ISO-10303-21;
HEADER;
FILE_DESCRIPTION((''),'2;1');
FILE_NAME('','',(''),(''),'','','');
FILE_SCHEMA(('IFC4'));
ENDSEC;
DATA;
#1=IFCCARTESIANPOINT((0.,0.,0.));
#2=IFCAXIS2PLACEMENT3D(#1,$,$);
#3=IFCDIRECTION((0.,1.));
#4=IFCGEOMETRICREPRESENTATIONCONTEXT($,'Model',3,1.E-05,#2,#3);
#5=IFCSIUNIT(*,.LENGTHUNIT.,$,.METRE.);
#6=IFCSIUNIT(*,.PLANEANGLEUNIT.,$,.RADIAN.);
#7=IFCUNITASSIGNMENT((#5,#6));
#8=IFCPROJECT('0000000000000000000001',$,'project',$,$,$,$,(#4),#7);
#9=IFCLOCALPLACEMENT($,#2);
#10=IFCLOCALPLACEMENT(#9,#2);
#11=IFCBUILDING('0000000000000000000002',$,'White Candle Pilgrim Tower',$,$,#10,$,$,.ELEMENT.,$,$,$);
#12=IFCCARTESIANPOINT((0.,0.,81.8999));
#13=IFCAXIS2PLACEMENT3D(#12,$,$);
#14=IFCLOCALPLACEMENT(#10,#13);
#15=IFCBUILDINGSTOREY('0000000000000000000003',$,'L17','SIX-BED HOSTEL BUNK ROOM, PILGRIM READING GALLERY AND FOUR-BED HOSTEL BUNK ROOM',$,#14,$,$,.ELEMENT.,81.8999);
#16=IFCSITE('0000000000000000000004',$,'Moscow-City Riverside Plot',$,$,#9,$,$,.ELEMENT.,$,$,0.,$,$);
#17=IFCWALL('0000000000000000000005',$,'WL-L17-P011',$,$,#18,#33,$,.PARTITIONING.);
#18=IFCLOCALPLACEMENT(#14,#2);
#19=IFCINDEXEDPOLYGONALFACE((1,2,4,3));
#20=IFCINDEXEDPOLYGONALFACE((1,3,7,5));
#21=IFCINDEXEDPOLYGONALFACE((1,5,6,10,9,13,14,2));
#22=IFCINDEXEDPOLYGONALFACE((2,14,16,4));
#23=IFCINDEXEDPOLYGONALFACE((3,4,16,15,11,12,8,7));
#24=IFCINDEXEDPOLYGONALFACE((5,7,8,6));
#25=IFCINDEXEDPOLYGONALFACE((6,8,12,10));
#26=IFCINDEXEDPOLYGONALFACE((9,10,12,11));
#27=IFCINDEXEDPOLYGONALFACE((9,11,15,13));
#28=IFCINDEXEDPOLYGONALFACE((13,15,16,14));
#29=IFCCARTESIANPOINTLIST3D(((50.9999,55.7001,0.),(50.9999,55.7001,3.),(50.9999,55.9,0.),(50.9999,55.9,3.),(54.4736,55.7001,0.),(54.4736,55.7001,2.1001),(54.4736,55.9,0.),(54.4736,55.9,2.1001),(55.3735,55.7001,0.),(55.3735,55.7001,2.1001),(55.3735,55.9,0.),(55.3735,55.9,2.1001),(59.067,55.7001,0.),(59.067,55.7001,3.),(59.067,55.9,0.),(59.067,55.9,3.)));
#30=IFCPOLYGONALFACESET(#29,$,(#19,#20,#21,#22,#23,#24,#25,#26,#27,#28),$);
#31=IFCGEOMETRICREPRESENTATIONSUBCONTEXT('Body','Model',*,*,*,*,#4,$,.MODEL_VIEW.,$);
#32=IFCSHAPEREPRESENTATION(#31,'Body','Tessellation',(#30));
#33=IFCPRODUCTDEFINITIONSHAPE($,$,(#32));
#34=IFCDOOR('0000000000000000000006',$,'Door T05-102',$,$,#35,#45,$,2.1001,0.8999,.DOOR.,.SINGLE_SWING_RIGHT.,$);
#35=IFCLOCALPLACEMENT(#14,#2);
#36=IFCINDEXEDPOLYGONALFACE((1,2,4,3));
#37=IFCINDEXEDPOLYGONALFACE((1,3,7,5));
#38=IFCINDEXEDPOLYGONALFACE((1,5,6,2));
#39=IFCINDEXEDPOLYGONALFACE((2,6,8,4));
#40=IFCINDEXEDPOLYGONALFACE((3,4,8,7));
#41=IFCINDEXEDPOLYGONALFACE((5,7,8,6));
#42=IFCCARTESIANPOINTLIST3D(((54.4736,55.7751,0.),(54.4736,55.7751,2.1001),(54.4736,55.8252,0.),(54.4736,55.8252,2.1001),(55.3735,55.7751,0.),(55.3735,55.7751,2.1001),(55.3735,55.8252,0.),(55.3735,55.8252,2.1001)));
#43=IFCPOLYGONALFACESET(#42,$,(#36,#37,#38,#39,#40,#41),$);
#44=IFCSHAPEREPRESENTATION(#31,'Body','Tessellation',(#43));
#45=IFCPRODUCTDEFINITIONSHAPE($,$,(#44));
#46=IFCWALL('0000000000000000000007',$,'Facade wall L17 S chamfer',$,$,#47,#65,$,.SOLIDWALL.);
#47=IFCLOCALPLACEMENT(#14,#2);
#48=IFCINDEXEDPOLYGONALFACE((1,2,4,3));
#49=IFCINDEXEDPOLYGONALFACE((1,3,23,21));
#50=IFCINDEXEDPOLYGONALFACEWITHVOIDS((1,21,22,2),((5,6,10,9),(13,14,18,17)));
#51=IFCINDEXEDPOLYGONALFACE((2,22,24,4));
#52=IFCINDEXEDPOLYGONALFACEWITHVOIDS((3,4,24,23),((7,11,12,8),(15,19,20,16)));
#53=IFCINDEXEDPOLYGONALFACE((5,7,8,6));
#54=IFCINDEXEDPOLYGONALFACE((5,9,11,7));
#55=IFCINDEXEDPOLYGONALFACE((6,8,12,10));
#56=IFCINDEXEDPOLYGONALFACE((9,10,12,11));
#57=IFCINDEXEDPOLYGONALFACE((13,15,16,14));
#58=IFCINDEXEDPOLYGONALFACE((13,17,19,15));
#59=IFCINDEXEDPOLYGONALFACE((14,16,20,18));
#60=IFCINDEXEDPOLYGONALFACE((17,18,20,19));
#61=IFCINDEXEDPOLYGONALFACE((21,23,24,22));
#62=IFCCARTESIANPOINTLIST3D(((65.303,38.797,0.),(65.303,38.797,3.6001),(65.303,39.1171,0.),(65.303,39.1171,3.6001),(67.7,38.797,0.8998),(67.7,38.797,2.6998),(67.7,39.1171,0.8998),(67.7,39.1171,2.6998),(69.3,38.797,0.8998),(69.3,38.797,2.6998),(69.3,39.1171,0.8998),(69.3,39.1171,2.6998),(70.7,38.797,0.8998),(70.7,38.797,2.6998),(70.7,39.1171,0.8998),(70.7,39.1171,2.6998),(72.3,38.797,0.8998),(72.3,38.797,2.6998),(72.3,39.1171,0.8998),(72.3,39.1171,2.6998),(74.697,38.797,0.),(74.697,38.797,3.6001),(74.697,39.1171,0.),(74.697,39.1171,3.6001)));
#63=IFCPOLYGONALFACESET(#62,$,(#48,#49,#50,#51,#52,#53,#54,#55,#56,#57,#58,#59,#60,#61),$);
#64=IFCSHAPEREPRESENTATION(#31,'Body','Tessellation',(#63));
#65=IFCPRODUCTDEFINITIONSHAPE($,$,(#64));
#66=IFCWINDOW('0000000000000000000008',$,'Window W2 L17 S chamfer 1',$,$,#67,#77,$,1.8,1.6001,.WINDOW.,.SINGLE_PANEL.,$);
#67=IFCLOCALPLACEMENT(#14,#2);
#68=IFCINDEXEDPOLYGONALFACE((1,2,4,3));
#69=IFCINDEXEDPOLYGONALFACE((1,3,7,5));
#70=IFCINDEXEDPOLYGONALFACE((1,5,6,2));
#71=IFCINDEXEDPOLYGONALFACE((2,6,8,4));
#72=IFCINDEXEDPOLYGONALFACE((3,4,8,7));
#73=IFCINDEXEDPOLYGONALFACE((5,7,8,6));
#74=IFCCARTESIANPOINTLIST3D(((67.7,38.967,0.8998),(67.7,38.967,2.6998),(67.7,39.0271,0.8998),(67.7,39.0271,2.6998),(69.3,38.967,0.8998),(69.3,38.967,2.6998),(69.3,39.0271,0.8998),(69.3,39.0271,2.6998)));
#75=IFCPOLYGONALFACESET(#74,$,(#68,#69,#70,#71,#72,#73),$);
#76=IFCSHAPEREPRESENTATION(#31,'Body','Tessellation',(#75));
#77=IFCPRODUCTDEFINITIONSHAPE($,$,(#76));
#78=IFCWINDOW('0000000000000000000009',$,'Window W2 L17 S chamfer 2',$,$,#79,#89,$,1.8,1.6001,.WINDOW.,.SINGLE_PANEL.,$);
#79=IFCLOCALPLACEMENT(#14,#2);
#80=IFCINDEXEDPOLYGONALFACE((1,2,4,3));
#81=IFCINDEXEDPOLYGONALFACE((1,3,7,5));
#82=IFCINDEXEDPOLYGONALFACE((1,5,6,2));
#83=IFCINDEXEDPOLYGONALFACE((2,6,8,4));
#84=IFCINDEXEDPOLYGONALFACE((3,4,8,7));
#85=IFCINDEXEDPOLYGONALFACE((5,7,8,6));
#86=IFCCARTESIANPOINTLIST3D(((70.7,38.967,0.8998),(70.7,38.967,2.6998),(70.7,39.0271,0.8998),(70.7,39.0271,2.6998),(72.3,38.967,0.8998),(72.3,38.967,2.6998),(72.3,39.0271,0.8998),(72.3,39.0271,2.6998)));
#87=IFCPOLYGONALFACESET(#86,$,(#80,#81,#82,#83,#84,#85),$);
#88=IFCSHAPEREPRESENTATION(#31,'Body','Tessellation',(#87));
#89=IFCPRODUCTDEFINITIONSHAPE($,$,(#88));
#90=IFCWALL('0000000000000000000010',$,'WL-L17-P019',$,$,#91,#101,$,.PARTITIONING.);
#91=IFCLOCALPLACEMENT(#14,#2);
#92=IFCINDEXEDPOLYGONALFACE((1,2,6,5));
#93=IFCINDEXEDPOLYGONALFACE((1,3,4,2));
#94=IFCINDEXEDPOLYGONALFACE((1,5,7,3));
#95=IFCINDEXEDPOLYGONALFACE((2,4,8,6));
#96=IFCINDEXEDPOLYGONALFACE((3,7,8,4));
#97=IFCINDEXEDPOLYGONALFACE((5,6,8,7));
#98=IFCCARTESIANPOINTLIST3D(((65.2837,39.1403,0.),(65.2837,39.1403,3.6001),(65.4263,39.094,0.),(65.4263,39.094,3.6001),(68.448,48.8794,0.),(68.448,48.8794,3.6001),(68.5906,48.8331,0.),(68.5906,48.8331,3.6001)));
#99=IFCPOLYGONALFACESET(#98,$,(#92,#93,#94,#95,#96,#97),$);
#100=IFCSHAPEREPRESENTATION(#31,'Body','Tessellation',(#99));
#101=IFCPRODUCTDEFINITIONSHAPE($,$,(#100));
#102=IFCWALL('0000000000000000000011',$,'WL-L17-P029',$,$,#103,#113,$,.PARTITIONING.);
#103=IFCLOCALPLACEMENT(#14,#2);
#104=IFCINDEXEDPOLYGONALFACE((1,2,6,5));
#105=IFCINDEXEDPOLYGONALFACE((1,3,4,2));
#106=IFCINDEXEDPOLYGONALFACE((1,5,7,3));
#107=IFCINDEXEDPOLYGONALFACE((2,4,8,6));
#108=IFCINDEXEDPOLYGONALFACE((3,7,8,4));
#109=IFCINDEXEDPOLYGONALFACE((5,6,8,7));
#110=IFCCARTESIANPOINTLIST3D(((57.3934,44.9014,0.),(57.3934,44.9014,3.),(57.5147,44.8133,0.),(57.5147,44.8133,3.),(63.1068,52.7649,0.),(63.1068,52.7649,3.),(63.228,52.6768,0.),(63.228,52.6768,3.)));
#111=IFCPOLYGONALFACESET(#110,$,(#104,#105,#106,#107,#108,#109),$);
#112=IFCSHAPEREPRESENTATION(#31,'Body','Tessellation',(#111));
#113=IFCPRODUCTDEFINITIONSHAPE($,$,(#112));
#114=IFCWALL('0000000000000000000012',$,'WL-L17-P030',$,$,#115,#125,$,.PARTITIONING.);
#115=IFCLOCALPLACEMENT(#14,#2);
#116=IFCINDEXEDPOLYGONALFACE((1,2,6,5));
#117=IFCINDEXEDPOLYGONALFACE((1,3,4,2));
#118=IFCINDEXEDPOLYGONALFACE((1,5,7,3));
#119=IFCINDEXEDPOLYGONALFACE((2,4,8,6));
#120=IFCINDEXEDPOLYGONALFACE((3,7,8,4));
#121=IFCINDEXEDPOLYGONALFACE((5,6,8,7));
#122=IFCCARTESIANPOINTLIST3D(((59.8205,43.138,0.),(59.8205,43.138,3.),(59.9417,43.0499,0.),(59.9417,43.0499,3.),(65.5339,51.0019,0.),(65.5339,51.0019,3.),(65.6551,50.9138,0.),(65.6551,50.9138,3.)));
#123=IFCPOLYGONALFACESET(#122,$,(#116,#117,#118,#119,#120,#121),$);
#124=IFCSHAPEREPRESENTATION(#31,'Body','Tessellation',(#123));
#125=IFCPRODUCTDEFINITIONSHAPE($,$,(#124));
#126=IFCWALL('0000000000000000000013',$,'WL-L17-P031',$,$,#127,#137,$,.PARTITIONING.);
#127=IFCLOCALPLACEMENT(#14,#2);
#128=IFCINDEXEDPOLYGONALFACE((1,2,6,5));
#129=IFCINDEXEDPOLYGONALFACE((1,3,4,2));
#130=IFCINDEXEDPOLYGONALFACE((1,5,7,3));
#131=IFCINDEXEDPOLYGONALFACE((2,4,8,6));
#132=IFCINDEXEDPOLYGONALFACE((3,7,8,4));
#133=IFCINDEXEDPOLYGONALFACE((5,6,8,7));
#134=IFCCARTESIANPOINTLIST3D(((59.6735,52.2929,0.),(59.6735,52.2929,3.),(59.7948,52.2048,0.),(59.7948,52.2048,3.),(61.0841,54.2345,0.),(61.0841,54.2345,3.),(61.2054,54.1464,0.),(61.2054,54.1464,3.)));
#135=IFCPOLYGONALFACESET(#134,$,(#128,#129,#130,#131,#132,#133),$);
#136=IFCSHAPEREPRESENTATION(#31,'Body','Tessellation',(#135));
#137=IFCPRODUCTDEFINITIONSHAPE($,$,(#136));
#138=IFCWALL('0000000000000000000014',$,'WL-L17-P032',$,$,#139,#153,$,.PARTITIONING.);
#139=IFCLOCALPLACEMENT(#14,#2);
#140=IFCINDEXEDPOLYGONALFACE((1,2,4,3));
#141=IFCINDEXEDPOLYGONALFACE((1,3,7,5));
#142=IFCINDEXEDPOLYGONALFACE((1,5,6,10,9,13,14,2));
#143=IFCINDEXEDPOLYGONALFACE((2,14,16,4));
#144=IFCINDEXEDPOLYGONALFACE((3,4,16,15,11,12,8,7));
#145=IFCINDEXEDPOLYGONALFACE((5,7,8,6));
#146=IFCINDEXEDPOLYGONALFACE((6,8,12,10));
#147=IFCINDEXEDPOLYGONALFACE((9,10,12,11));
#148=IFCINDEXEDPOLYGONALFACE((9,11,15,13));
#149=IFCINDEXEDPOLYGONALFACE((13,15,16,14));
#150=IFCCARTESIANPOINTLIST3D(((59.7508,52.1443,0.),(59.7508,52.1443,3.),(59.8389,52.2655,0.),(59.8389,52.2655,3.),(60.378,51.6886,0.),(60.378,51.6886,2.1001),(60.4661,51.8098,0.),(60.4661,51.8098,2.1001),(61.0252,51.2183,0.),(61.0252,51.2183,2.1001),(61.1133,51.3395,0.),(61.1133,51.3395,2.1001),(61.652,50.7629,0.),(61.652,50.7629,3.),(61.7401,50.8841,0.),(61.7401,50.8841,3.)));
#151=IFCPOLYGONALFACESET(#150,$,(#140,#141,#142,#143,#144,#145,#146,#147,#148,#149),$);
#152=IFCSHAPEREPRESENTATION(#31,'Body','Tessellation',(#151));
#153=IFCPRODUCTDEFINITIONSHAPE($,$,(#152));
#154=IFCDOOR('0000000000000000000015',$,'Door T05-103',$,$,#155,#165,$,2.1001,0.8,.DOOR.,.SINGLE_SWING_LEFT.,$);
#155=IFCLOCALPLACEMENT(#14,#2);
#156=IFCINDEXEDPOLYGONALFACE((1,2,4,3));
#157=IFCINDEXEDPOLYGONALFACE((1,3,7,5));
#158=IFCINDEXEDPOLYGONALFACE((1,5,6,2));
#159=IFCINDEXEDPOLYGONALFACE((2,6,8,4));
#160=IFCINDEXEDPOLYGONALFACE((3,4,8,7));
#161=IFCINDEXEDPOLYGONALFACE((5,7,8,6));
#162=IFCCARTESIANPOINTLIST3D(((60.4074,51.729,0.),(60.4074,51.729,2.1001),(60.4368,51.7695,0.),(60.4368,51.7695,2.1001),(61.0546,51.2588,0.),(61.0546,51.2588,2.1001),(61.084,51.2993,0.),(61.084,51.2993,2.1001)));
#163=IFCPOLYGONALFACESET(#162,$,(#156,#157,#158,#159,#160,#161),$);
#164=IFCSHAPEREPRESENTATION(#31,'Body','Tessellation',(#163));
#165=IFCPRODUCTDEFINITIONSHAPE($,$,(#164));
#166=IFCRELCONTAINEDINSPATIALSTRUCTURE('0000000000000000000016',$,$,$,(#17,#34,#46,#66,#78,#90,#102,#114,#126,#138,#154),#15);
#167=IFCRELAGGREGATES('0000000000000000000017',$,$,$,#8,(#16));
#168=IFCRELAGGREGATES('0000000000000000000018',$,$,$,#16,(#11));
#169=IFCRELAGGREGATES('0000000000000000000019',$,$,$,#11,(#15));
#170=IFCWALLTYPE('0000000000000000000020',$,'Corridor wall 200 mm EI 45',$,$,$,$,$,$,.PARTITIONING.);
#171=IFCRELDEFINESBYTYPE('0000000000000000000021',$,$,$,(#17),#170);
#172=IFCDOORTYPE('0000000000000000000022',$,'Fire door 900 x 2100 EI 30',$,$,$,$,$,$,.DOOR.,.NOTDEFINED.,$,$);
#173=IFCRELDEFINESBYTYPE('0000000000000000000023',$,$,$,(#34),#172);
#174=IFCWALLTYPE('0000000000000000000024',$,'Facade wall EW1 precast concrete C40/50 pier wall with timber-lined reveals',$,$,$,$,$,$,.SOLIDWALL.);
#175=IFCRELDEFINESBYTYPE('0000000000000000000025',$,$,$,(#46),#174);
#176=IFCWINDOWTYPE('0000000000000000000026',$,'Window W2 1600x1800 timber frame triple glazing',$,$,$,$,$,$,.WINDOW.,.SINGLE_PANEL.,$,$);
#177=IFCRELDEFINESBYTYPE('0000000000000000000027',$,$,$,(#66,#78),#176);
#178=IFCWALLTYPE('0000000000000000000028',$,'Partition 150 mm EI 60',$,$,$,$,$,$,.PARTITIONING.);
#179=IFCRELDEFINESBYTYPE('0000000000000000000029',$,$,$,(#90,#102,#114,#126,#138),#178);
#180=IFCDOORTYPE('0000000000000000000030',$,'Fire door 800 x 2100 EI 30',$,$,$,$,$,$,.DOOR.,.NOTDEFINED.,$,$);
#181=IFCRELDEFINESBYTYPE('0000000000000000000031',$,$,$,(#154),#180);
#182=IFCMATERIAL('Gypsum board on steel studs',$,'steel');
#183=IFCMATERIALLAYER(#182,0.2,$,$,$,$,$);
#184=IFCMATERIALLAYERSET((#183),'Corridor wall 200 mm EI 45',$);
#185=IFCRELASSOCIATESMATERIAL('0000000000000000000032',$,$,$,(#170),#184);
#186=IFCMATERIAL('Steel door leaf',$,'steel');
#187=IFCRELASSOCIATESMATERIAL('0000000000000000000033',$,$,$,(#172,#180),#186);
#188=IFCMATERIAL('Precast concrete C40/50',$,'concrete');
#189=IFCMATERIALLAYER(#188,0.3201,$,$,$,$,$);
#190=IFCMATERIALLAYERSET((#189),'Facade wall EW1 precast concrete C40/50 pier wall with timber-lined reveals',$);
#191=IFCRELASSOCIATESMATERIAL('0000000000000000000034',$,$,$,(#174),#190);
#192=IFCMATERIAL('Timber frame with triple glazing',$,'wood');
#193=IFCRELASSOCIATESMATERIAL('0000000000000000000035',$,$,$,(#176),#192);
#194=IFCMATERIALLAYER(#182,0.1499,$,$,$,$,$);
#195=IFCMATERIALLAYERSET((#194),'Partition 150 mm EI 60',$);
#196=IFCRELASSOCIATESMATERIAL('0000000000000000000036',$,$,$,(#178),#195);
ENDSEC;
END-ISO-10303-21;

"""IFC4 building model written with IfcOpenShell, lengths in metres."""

from ifc_helpers import new_model, si_unit, direction, frame, frame_2d, origin, place, context, subcontext, project, spatial, rectangle, extrude, material, layer, layer_set, type_object, element, fill, save


model = new_model("IFC4")

# Units and contexts
model_context = context("Model", 3, precision=1e-05, world=origin(), true_north=direction((0.0, 1.0)))
body_context = subcontext(model_context, "Body", "Model", "MODEL_VIEW")
ifc_project = project(units=[si_unit("LENGTHUNIT", "METRE"), si_unit("PLANEANGLEUNIT", "RADIAN")], contexts=[model_context])

# Site, building, storey
site_placement = place(None, origin())
site = spatial("IfcSite", under=ifc_project, at=site_placement, Name="Moscow-City Riverside Plot", CompositionType="ELEMENT", RefElevation=0.0)
building_placement = place(site_placement, origin())
building = spatial("IfcBuilding", under=site, at=building_placement, Name="White Candle Pilgrim Tower", CompositionType="ELEMENT")
storey_placement = place(building_placement, frame((0.0, 0.0, 81.8999)))
storey = spatial("IfcBuildingStorey", under=building, at=storey_placement, Name="L17", Description="SIX-BED HOSTEL BUNK ROOM, PILGRIM READING GALLERY AND FOUR-BED HOSTEL BUNK ROOM", CompositionType="ELEMENT", Elevation=81.8999)

# Wall, opening, door
ifc_material_1 = material(Name="Gypsum board on steel studs", Category="steel")
ifc_layer_1 = layer(ifc_material_1, 0.2)
ifc_layer_set_1 = layer_set([ifc_layer_1], Name="Corridor wall 200 mm EI 45")
wall_type_1 = type_object("IfcWallType", Name="Corridor wall 200 mm EI 45", PredefinedType="PARTITIONING", material=ifc_layer_set_1)
wall_1_placement = place(storey_placement, frame((59.0671, 55.8, 0.0), z_axis=(0.0, 0.0, 1.0), x_axis=(-1.0, 0.0, 0.0)))
wall_1 = element("IfcWall", 1, at=wall_1_placement, inside=storey, type_object=wall_type_1, Name="WL-L17-P011", PredefinedType="PARTITIONING", context=body_context, shape_type="SweptSolid", body=[
    extrude(rectangle(XDim=8.0671, YDim=0.2, at=frame_2d((4.0337, 0.0))), origin(), (0.0, 0.0, 1.0), 3.0),
])
opening_1_placement = place(wall_1_placement, frame((3.6936, 0.0, 0.0)))
opening_1 = element("IfcOpeningElement", 2, at=opening_1_placement, cuts=wall_1, PredefinedType="OPENING", context=body_context, shape_type="SweptSolid", body=[
    extrude(rectangle(XDim=0.8999, YDim=2.1001, at=frame_2d((0.45, 1.05))), frame((0.0, 0.1099, 0.0), z_axis=(0.0, -1.0, 0.0), x_axis=(1.0, 0.0, 0.0)), (0.0, 0.0, 1.0), 0.22),
])
ifc_material_2 = material(Name="Steel door leaf", Category="steel")
door_type_1 = type_object("IfcDoorType", Name="Fire door 900 x 2100 EI 30", OperationType="NOTDEFINED", PredefinedType="DOOR", material=ifc_material_2)
door_1_placement = place(opening_1_placement, origin())
door_1 = element("IfcDoor", 3, at=door_1_placement, inside=storey, type_object=door_type_1, Name="Door T05-102", OperationType="SINGLE_SWING_RIGHT", OverallHeight=2.1001, OverallWidth=0.8999, PredefinedType="DOOR", context=body_context, shape_type="SweptSolid", body=[
    extrude(rectangle(XDim=0.8999, YDim=2.1001, at=frame_2d((0.45, 1.05))), frame((0.0, 0.0249, 0.0), z_axis=(0.0, -1.0, 0.0), x_axis=(1.0, 0.0, 0.0)), (0.0, 0.0, 1.0), 0.05),
])
fill(opening_1, door_1)

# Wall, openings, windows
ifc_material_3 = material(Name="Precast concrete C40/50", Category="concrete")
ifc_layer_2 = layer(ifc_material_3, 0.3201)
ifc_layer_set_2 = layer_set([ifc_layer_2], Name="Facade wall EW1 precast concrete C40/50 pier wall with timber-lined reveals")
wall_type_2 = type_object("IfcWallType", Name="Facade wall EW1 precast concrete C40/50 pier wall with timber-lined reveals", PredefinedType="SOLIDWALL", material=ifc_layer_set_2)
wall_2_placement = place(storey_placement, frame((65.303, 38.957, 0.0), z_axis=(0.0, 0.0, 1.0), x_axis=(1.0, 0.0, 0.0)))
wall_2 = element("IfcWall", 4, at=wall_2_placement, inside=storey, type_object=wall_type_2, Name="Facade wall L17 S chamfer", PredefinedType="SOLIDWALL", context=body_context, shape_type="SweptSolid", body=[
    extrude(rectangle(XDim=9.394, YDim=0.3201, at=frame_2d((4.697, 0.0))), origin(), (0.0, 0.0, 1.0), 3.6001),
])
opening_2_placement = place(wall_2_placement, frame((2.397, 0.0, 0.8999)))
opening_2 = element("IfcOpeningElement", 5, at=opening_2_placement, cuts=wall_2, PredefinedType="OPENING", context=body_context, shape_type="SweptSolid", body=[
    extrude(rectangle(XDim=1.6001, YDim=1.8, at=frame_2d((0.8, 0.8999))), frame((0.0, 0.1699, 0.0), z_axis=(0.0, -1.0, 0.0), x_axis=(1.0, 0.0, 0.0)), (0.0, 0.0, 1.0), 0.3401),
])
opening_3_placement = place(wall_2_placement, frame((5.397, 0.0, 0.8999)))
opening_3 = element("IfcOpeningElement", 6, at=opening_3_placement, cuts=wall_2, PredefinedType="OPENING", context=body_context, shape_type="SweptSolid", body=[
    extrude(rectangle(XDim=1.6001, YDim=1.8, at=frame_2d((0.8, 0.8999))), frame((0.0, 0.1699, 0.0), z_axis=(0.0, -1.0, 0.0), x_axis=(1.0, 0.0, 0.0)), (0.0, 0.0, 1.0), 0.3401),
])
ifc_material_4 = material(Name="Timber frame with triple glazing", Category="wood")
window_type = type_object("IfcWindowType", Name="Window W2 1600x1800 timber frame triple glazing", PartitioningType="SINGLE_PANEL", PredefinedType="WINDOW", material=ifc_material_4)
window_1_placement = place(opening_2_placement, origin())
window_1 = element("IfcWindow", 7, at=window_1_placement, inside=storey, type_object=window_type, Name="Window W2 L17 S chamfer 1", OverallHeight=1.8, OverallWidth=1.6001, PartitioningType="SINGLE_PANEL", PredefinedType="WINDOW", context=body_context, shape_type="SweptSolid", body=[
    extrude(rectangle(XDim=1.6001, YDim=1.8, at=frame_2d((0.8, 0.8999))), frame((0.0, 0.0701, 0.0), z_axis=(0.0, -1.0, 0.0), x_axis=(1.0, 0.0, 0.0)), (0.0, 0.0, 1.0), 0.0601),
])
fill(opening_2, window_1)
window_2_placement = place(opening_3_placement, origin())
window_2 = element("IfcWindow", 8, at=window_2_placement, inside=storey, type_object=window_type, Name="Window W2 L17 S chamfer 2", OverallHeight=1.8, OverallWidth=1.6001, PartitioningType="SINGLE_PANEL", PredefinedType="WINDOW", context=body_context, shape_type="SweptSolid", body=[
    extrude(rectangle(XDim=1.6001, YDim=1.8, at=frame_2d((0.8, 0.8999))), frame((0.0, 0.0701, 0.0), z_axis=(0.0, -1.0, 0.0), x_axis=(1.0, 0.0, 0.0)), (0.0, 0.0, 1.0), 0.0601),
])
fill(opening_3, window_2)

# Walls
ifc_layer_3 = layer(ifc_material_1, 0.1499)
ifc_layer_set_3 = layer_set([ifc_layer_3], Name="Partition 150 mm EI 60")
wall_type_3 = type_object("IfcWallType", Name="Partition 150 mm EI 60", PredefinedType="PARTITIONING", material=ifc_layer_set_3)
wall_3_placement = place(storey_placement, frame((65.355, 39.1172, 0.0), z_axis=(0.0, 0.0, 1.0), x_axis=(0.309009, 0.951059, 0.0)))
element("IfcWall", 9, at=wall_3_placement, inside=storey, type_object=wall_type_3, Name="WL-L17-P019", PredefinedType="PARTITIONING", context=body_context, shape_type="SweptSolid", body=[
    extrude(rectangle(XDim=10.2402, YDim=0.1499, at=frame_2d((5.1201, 0.0))), origin(), (0.0, 0.0, 1.0), 3.6001),
])
wall_4_placement = place(storey_placement, frame((57.4541, 44.8574, 0.0), z_axis=(0.0, 0.0, 1.0), x_axis=(0.587798, 0.809008, 0.0)))
element("IfcWall", 10, at=wall_4_placement, inside=storey, type_object=wall_type_3, Name="WL-L17-P029", PredefinedType="PARTITIONING", context=body_context, shape_type="SweptSolid", body=[
    extrude(rectangle(XDim=9.72, YDim=0.1499, at=frame_2d((4.8599, 0.0))), origin(), (0.0, 0.0, 1.0), 3.0),
])
wall_5_placement = place(storey_placement, frame((59.8811, 43.094, 0.0), z_axis=(0.0, 0.0, 1.0), x_axis=(0.587786, 0.809016, 0.0)))
element("IfcWall", 11, at=wall_5_placement, inside=storey, type_object=wall_type_3, Name="WL-L17-P030", PredefinedType="PARTITIONING", context=body_context, shape_type="SweptSolid", body=[
    extrude(rectangle(XDim=9.7202, YDim=0.1499, at=frame_2d((4.8601, 0.0))), origin(), (0.0, 0.0, 1.0), 3.0),
])
wall_6_placement = place(storey_placement, frame((61.1448, 54.1904, 0.0), z_axis=(0.0, 0.0, 1.0), x_axis=(-0.587772, -0.809026, 0.0)))
element("IfcWall", 12, at=wall_6_placement, inside=storey, type_object=wall_type_3, Name="WL-L17-P031", PredefinedType="PARTITIONING", context=body_context, shape_type="SweptSolid", body=[
    extrude(rectangle(XDim=2.3999, YDim=0.1499, at=frame_2d((1.2, 0.0))), origin(), (0.0, 0.0, 1.0), 3.0),
])

# Wall, opening, door
wall_7_placement = place(storey_placement, frame((61.696, 50.8235, 0.0), z_axis=(0.0, 0.0, 1.0), x_axis=(-0.808997, 0.587813, 0.0)))
wall_7 = element("IfcWall", 13, at=wall_7_placement, inside=storey, type_object=wall_type_3, Name="WL-L17-P032", PredefinedType="PARTITIONING", context=body_context, shape_type="SweptSolid", body=[
    extrude(rectangle(XDim=2.3501, YDim=0.1499, at=frame_2d((1.175, 0.0))), origin(), (0.0, 0.0, 1.0), 3.0),
])
opening_4_placement = place(wall_7_placement, frame((0.7749, 0.0, 0.0)))
opening_4 = element("IfcOpeningElement", 14, at=opening_4_placement, cuts=wall_7, PredefinedType="OPENING", context=body_context, shape_type="SweptSolid", body=[
    extrude(rectangle(XDim=0.8, YDim=2.1001, at=frame_2d((0.3999, 1.05))), frame((0.0, 0.085, 0.0), z_axis=(0.0, -1.0, 0.0), x_axis=(1.0, 0.0, 0.0)), (0.0, 0.0, 1.0), 0.1699),
])
door_type_2 = type_object("IfcDoorType", Name="Fire door 800 x 2100 EI 30", OperationType="NOTDEFINED", PredefinedType="DOOR", material=ifc_material_2)
door_2_placement = place(opening_4_placement, origin())
door_2 = element("IfcDoor", 15, at=door_2_placement, inside=storey, type_object=door_type_2, Name="Door T05-103", OperationType="SINGLE_SWING_LEFT", OverallHeight=2.1001, OverallWidth=0.8, PredefinedType="DOOR", context=body_context, shape_type="SweptSolid", body=[
    extrude(rectangle(XDim=0.8, YDim=2.1001, at=frame_2d((0.3999, 1.05))), frame((0.0, 0.0249, 0.0), z_axis=(0.0, -1.0, 0.0), x_axis=(1.0, 0.0, 0.0)), (0.0, 0.0, 1.0), 0.05),
])
fill(opening_4, door_2)

save(model, "model.ifc")
